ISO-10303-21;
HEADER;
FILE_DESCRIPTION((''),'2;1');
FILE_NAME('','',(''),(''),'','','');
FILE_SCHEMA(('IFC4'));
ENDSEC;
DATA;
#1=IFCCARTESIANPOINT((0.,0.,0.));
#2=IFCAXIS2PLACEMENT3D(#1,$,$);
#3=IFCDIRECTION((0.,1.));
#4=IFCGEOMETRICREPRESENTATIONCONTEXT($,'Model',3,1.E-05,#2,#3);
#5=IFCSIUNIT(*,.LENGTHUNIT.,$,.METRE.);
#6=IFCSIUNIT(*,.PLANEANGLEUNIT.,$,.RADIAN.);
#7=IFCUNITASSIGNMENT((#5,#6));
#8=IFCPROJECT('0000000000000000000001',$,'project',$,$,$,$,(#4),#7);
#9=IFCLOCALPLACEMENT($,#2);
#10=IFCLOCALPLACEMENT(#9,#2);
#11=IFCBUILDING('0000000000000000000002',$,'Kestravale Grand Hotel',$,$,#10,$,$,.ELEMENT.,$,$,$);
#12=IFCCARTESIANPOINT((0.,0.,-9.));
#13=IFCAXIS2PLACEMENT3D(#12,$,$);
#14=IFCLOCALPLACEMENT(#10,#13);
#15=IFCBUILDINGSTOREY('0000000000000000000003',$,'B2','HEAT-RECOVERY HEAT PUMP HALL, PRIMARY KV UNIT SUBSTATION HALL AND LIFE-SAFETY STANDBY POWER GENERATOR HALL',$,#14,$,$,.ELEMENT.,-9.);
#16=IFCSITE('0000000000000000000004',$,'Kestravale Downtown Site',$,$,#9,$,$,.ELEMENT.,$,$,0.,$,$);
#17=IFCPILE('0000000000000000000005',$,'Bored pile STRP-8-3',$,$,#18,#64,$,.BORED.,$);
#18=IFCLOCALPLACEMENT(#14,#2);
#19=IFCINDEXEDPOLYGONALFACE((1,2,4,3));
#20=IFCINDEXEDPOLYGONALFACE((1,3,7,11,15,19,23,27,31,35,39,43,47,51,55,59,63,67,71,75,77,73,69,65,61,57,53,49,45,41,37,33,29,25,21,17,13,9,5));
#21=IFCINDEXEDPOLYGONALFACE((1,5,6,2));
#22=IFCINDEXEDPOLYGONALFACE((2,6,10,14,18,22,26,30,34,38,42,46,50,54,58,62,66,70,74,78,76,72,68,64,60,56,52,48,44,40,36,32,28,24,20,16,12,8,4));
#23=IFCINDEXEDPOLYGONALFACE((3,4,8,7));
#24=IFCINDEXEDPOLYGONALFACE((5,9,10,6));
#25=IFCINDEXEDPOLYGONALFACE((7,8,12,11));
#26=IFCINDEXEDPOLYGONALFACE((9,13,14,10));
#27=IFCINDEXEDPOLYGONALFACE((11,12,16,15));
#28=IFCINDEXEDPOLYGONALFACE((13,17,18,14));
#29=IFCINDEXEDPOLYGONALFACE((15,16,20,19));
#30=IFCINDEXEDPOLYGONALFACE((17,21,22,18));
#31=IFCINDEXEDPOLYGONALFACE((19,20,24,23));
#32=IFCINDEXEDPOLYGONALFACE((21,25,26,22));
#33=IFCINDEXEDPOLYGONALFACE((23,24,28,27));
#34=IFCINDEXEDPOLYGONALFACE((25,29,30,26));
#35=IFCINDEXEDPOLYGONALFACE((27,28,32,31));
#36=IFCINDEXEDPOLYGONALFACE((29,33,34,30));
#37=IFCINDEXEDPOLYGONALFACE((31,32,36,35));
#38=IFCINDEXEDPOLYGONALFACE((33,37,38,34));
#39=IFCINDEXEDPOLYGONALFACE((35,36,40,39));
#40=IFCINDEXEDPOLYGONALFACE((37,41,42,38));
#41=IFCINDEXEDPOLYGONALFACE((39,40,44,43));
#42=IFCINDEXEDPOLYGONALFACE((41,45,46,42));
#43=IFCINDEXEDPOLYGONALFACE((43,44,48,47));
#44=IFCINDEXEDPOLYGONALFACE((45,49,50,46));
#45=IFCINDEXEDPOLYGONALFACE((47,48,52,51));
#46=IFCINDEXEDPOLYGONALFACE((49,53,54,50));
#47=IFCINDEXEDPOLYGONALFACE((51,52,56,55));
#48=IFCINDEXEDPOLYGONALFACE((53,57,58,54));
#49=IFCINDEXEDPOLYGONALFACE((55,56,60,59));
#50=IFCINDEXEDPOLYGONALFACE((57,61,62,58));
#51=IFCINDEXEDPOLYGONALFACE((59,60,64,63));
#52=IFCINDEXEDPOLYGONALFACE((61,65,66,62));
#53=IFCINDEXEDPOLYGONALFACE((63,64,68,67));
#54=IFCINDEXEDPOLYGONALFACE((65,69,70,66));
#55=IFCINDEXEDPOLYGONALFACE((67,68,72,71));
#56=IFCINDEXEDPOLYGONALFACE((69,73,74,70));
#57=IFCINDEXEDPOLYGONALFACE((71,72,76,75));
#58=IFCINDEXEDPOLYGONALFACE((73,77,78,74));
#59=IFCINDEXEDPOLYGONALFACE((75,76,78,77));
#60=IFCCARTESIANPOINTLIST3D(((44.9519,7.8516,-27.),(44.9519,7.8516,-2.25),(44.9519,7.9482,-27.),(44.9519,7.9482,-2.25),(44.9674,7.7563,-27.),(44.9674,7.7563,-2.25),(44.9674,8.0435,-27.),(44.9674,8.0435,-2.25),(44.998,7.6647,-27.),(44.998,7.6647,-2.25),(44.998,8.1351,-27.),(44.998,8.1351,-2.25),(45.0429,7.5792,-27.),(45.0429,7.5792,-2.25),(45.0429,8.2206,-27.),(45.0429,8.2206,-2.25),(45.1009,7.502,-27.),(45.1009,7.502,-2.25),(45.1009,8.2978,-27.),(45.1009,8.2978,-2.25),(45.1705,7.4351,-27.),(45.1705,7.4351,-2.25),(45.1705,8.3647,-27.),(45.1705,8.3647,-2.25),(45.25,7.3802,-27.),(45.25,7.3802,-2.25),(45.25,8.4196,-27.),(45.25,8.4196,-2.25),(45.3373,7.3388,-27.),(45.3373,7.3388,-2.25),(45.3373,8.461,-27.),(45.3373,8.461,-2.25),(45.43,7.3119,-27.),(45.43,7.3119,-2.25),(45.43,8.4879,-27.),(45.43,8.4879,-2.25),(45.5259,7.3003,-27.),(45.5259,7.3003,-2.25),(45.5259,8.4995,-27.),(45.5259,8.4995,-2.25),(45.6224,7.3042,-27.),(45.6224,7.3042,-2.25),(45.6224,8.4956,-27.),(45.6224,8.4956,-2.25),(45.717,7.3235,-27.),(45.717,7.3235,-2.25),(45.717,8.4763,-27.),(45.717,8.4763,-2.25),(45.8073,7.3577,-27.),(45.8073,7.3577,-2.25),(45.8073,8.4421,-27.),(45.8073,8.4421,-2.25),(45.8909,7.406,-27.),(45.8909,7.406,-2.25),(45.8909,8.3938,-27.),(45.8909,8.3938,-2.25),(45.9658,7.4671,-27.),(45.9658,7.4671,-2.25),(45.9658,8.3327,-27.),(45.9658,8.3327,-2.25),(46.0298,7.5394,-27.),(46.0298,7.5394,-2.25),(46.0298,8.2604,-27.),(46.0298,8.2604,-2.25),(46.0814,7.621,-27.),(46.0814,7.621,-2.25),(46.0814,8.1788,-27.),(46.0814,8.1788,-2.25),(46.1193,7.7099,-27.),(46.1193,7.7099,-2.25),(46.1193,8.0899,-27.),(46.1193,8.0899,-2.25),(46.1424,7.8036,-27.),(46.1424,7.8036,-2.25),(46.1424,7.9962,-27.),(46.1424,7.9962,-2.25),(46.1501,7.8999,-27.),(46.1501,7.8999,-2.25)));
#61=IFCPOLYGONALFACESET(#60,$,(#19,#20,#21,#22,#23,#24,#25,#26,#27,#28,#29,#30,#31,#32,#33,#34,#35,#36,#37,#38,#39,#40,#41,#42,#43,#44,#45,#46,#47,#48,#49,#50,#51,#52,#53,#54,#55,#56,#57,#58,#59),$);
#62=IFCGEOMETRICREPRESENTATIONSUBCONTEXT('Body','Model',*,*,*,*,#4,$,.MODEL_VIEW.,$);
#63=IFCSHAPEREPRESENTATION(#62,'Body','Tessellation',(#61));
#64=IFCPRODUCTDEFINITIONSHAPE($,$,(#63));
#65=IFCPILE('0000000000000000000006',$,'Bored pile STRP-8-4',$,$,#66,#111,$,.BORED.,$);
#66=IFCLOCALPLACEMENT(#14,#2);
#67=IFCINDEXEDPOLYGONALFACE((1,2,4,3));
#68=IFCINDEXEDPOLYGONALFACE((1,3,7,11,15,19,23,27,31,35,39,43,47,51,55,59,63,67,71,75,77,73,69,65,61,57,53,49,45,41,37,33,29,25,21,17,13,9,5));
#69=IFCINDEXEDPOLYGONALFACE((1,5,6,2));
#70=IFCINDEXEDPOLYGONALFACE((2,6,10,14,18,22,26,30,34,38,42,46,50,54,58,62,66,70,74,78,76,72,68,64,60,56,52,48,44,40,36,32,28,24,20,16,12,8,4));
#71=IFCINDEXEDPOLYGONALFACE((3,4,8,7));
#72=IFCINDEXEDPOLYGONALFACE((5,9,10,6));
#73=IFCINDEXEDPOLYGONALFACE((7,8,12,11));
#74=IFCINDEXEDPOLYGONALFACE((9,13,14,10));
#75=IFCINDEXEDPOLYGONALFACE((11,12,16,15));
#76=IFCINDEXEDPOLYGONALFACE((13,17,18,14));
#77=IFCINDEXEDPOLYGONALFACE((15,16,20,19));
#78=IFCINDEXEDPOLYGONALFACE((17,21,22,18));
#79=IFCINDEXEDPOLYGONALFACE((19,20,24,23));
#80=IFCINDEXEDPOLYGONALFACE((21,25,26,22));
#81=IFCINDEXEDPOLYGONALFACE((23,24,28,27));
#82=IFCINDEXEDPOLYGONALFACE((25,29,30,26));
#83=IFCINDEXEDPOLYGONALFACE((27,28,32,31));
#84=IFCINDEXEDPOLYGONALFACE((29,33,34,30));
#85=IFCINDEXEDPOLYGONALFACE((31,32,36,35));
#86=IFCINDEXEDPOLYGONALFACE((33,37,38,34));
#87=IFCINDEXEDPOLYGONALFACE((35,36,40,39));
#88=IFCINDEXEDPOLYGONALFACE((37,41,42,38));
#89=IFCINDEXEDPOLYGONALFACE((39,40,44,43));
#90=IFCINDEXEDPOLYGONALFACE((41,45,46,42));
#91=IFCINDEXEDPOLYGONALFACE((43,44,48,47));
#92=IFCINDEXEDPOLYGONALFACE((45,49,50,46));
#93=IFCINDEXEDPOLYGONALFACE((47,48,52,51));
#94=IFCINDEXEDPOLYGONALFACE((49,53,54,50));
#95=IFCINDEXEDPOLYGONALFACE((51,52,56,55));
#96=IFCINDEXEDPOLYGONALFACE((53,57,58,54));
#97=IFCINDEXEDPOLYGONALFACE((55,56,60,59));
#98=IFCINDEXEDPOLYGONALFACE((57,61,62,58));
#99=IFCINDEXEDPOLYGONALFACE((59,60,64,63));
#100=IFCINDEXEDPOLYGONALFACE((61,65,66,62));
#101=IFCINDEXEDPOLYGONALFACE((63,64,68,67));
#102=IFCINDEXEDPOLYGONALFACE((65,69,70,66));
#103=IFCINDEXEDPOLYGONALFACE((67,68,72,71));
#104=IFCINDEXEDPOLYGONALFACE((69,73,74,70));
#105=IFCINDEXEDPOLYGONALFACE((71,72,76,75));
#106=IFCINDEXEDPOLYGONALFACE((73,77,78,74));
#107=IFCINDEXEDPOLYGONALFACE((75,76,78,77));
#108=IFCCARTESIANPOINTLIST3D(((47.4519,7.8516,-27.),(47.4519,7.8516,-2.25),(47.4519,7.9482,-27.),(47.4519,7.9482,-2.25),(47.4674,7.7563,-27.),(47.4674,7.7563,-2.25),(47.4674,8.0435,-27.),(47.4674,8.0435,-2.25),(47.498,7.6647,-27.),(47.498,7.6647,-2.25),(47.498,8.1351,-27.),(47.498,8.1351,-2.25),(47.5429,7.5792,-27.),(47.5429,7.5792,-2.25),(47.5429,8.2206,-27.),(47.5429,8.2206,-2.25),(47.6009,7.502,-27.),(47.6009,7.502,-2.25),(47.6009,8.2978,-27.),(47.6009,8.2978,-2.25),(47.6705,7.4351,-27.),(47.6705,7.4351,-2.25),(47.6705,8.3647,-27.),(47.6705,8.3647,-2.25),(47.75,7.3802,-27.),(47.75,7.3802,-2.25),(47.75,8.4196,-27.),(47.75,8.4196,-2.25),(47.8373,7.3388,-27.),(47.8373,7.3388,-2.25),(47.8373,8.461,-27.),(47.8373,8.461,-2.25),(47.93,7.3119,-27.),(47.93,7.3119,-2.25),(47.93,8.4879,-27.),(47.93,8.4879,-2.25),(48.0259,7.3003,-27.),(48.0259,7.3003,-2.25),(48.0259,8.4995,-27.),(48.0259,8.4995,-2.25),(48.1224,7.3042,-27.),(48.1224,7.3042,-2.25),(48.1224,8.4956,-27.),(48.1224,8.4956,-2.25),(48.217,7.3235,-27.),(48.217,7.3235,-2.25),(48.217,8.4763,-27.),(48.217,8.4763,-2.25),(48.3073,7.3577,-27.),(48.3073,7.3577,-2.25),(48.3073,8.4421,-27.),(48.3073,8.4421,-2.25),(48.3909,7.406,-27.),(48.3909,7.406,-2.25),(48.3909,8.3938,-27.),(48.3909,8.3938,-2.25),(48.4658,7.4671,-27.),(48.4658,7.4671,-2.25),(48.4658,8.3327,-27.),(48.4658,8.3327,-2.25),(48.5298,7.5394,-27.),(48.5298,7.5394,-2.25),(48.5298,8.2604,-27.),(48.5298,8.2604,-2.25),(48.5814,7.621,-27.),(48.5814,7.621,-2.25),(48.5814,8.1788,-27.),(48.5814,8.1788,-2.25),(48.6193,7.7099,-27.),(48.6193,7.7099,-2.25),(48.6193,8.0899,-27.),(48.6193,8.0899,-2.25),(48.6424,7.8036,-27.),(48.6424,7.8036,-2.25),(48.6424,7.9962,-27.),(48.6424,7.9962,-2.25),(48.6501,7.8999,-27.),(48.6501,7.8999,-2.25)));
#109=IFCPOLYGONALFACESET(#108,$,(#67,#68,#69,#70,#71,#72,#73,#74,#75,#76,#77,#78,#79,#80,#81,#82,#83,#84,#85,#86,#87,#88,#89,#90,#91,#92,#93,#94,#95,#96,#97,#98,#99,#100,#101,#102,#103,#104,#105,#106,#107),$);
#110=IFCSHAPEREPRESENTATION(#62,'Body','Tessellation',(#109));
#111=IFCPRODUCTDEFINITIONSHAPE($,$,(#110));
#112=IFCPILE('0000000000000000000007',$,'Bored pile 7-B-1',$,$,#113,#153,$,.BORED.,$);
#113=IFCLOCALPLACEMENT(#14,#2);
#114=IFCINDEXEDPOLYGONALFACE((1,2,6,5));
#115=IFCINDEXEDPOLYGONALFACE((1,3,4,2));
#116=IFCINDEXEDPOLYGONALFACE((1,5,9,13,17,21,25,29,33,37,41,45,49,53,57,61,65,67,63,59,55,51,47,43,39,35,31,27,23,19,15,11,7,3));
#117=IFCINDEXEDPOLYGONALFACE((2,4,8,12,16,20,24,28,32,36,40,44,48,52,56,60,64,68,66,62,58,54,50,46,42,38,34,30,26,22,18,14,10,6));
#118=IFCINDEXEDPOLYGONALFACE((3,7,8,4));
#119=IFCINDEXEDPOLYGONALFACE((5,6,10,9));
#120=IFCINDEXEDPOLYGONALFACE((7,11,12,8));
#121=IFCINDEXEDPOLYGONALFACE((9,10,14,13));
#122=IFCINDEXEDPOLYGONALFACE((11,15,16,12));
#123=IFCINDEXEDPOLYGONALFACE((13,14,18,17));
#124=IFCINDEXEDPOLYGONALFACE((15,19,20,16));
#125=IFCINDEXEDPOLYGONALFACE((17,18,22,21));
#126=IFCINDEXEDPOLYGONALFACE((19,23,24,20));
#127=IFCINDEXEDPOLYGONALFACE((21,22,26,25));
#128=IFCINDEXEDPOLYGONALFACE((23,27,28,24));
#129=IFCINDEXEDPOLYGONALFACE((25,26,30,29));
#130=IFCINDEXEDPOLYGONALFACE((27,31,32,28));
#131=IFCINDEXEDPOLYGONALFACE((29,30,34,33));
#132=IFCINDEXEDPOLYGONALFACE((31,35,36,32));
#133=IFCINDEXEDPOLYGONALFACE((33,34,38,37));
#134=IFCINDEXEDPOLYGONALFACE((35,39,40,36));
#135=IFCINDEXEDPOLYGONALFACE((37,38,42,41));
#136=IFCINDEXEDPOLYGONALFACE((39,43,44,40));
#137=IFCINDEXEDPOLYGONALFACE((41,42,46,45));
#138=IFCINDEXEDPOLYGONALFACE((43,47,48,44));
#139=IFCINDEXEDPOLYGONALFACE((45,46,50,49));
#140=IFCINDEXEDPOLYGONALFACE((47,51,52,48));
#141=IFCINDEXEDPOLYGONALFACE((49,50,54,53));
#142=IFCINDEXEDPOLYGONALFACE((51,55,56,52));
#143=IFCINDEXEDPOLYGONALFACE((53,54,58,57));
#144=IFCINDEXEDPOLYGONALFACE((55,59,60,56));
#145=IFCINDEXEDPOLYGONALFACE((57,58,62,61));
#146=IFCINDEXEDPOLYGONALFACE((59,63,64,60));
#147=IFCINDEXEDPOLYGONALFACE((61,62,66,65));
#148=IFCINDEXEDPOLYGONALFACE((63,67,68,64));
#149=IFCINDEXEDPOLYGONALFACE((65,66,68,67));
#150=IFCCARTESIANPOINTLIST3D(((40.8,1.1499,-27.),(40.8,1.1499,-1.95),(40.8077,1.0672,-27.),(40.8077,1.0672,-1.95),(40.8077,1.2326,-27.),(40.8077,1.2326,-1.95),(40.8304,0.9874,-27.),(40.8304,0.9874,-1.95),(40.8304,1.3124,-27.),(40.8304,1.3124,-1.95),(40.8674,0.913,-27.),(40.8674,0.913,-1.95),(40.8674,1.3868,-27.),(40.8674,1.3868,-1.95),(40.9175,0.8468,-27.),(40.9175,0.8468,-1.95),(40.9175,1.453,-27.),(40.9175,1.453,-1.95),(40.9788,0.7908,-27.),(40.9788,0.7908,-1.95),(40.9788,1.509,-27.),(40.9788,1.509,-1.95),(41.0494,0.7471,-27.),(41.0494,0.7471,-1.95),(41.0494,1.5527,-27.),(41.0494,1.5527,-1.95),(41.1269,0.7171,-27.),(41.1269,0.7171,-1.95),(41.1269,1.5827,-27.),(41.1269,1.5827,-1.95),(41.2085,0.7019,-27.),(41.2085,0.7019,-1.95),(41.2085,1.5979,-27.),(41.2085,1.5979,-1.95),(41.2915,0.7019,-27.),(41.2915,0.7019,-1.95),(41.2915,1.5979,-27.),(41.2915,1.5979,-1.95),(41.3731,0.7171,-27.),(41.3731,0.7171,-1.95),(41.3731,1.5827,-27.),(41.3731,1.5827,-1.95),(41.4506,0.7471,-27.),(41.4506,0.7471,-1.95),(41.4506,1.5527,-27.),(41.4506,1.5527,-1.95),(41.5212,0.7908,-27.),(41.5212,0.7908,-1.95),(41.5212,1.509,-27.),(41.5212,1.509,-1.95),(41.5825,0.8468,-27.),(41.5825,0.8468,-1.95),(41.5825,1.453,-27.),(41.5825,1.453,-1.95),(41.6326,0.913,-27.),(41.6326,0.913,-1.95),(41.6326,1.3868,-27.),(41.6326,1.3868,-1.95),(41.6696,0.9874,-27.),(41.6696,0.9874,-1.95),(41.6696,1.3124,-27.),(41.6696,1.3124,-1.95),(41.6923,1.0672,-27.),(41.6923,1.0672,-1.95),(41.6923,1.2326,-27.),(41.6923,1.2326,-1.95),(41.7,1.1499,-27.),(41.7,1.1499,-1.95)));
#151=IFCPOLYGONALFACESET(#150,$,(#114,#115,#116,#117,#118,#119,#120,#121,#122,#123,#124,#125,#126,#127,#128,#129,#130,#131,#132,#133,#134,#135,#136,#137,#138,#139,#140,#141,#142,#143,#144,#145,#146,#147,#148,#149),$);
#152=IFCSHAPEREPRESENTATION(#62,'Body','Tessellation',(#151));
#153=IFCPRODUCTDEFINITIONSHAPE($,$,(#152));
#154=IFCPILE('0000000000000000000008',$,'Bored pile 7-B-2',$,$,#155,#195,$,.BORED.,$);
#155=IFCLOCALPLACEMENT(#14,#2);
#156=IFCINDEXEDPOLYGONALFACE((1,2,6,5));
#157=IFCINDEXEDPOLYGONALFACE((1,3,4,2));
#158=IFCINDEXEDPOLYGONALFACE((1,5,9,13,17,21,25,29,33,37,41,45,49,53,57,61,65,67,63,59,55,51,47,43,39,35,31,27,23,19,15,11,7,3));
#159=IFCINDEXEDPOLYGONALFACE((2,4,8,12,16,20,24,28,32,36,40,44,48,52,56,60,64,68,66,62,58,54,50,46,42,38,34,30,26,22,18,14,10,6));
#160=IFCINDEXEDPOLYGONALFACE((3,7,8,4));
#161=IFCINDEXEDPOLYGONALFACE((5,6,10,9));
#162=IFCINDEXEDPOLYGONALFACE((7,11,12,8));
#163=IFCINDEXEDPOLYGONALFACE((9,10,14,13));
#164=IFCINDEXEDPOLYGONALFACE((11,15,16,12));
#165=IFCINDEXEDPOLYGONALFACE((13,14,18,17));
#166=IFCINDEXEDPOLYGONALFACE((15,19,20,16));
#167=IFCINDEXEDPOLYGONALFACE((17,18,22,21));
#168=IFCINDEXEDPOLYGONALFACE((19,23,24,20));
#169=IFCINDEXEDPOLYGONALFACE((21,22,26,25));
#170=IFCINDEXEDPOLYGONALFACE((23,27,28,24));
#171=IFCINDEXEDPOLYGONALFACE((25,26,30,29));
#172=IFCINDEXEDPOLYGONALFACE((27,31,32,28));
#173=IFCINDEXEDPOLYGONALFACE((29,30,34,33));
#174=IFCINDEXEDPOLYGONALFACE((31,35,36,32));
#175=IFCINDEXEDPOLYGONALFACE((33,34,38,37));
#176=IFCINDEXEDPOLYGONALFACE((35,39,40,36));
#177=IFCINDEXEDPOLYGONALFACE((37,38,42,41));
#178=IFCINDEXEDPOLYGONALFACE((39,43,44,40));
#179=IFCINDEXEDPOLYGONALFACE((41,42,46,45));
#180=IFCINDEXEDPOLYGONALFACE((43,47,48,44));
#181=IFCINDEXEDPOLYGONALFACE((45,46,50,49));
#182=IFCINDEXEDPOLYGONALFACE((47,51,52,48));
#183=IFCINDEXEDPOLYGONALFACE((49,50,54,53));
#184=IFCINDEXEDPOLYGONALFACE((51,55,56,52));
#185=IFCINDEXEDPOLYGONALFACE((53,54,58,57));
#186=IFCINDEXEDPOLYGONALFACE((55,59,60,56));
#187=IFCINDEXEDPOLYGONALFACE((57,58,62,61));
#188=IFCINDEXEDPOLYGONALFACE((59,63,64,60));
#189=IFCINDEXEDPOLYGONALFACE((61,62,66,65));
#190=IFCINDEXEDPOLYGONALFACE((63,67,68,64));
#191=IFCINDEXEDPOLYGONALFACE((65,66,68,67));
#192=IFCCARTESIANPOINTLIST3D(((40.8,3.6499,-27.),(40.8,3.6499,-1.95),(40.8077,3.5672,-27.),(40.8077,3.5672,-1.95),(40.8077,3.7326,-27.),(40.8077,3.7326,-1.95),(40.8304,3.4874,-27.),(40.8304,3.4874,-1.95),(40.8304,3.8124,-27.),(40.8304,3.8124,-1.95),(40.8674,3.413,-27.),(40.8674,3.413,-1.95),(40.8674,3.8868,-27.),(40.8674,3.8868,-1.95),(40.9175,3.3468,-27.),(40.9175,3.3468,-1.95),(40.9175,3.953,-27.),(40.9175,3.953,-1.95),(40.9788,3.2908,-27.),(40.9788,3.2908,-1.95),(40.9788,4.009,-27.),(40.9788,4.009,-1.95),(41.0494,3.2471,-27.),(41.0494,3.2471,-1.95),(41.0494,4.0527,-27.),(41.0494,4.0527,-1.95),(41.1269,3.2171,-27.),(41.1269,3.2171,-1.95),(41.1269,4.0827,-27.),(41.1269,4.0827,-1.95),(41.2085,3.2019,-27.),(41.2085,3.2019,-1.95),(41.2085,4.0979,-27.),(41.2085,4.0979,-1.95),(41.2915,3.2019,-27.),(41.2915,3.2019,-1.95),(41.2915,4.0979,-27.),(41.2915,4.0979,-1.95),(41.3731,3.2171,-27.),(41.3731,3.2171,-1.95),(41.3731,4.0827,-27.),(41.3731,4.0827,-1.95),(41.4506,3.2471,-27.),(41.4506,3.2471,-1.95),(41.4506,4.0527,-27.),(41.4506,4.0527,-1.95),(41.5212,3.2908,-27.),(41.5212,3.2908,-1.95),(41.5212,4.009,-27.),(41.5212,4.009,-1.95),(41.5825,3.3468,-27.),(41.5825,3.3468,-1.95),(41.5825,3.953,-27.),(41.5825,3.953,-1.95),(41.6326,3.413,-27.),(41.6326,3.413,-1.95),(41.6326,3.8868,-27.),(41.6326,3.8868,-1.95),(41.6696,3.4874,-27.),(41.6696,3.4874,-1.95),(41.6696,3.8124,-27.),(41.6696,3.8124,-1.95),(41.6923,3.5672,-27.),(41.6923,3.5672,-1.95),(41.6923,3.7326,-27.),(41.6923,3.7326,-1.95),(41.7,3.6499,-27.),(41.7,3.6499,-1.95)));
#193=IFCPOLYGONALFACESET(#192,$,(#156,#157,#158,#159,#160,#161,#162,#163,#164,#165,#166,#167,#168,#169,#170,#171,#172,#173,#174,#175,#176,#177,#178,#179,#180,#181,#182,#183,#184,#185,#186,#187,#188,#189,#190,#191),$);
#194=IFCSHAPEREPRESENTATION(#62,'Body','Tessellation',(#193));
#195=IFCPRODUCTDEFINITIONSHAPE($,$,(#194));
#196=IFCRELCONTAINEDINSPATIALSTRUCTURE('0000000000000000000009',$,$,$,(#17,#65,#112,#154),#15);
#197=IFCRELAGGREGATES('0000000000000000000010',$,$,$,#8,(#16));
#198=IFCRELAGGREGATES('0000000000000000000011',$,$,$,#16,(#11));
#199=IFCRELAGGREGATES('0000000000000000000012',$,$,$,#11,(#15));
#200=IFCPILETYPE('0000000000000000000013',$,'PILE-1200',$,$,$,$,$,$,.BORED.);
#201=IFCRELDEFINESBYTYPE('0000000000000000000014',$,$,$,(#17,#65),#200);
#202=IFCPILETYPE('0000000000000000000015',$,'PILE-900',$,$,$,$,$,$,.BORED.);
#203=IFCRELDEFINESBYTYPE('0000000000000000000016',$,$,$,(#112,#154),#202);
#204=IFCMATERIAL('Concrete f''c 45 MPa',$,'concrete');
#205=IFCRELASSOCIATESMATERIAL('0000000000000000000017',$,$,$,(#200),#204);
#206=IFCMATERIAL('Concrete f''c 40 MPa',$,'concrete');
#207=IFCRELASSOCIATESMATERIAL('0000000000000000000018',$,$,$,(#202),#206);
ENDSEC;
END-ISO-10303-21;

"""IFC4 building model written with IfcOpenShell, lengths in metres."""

from ifc_helpers import new_model, si_unit, direction, frame, origin, origin_2d, place, context, subcontext, project, spatial, circle, extrude, material, material_profile, profile_set, type_object, element, save


model = new_model("IFC4")

# Units and contexts
model_context = context("Model", 3, precision=1e-05, world=origin(), true_north=direction((0.0, 1.0)))
body_context = subcontext(model_context, "Body", "Model", "MODEL_VIEW")
ifc_project = project(units=[si_unit("LENGTHUNIT", "METRE"), si_unit("PLANEANGLEUNIT", "RADIAN")], contexts=[model_context])

# Site, building, storey
site_placement = place(None, origin())
site = spatial("IfcSite", under=ifc_project, at=site_placement, Name="Kestravale Downtown Site", CompositionType="ELEMENT", RefElevation=0.0)
building_placement = place(site_placement, origin())
building = spatial("IfcBuilding", under=site, at=building_placement, Name="Kestravale Grand Hotel", CompositionType="ELEMENT")
storey_placement = place(building_placement, frame((0.0, 0.0, -9.0)))
storey = spatial("IfcBuildingStorey", under=building, at=storey_placement, Name="B2", Description="HEAT-RECOVERY HEAT PUMP HALL, PRIMARY KV UNIT SUBSTATION HALL AND LIFE-SAFETY STANDBY POWER GENERATOR HALL", CompositionType="ELEMENT", Elevation=-9.0)

# Piles
ifc_material_1 = material(Name="Concrete f'c 45 MPa", Category="concrete")
ifc_material_profile_1 = material_profile(ifc_material_1, circle(Radius=0.6001, at=origin_2d()))
ifc_profile_set_1 = profile_set([ifc_material_profile_1], Name="Concrete f'c 45 MPa")
pile_type_1 = type_object("IfcPileType", Name="PILE-1200", PredefinedType="BORED", material=ifc_profile_set_1)
for number, where, z_axis, x_axis, name in (
    (1, (45.55, 7.8999, -2.25), (0.0, 0.0, -1.0), (1.0, 0.0, 0.0), "Bored pile STRP-8-3"),
    (2, (48.05, 7.8999, -2.25), (0.0, 0.0, -1.0), (1.0, 0.0, 0.0), "Bored pile STRP-8-4"),
):
    element("IfcPile", number, at=place(storey_placement, frame(where, z_axis=z_axis, x_axis=x_axis)), inside=storey, type_object=pile_type_1, Name=name, PredefinedType="BORED", context=body_context, shape_type="SweptSolid", body=[
        extrude(circle(Radius=0.6001, at=origin_2d()), origin(), (0.0, 0.0, 1.0), 24.75),
    ])
ifc_material_2 = material(Name="Concrete f'c 40 MPa", Category="concrete")
ifc_material_profile_2 = material_profile(ifc_material_2, circle(Radius=0.45, at=origin_2d()))
ifc_profile_set_2 = profile_set([ifc_material_profile_2], Name="Concrete f'c 40 MPa")
pile_type_2 = type_object("IfcPileType", Name="PILE-900", PredefinedType="BORED", material=ifc_profile_set_2)
for number, where, z_axis, x_axis, name in (
    (3, (41.25, 1.1499, -1.95), (0.0, 0.0, -1.0), (1.0, 0.0, 0.0), "Bored pile 7-B-1"),
    (4, (41.25, 3.6499, -1.95), (0.0, 0.0, -1.0), (1.0, 0.0, 0.0), "Bored pile 7-B-2"),
):
    element("IfcPile", number, at=place(storey_placement, frame(where, z_axis=z_axis, x_axis=x_axis)), inside=storey, type_object=pile_type_2, Name=name, PredefinedType="BORED", context=body_context, shape_type="SweptSolid", body=[
        extrude(circle(Radius=0.45, at=origin_2d()), origin(), (0.0, 0.0, 1.0), 25.05),
    ])

save(model, "model.ifc")
